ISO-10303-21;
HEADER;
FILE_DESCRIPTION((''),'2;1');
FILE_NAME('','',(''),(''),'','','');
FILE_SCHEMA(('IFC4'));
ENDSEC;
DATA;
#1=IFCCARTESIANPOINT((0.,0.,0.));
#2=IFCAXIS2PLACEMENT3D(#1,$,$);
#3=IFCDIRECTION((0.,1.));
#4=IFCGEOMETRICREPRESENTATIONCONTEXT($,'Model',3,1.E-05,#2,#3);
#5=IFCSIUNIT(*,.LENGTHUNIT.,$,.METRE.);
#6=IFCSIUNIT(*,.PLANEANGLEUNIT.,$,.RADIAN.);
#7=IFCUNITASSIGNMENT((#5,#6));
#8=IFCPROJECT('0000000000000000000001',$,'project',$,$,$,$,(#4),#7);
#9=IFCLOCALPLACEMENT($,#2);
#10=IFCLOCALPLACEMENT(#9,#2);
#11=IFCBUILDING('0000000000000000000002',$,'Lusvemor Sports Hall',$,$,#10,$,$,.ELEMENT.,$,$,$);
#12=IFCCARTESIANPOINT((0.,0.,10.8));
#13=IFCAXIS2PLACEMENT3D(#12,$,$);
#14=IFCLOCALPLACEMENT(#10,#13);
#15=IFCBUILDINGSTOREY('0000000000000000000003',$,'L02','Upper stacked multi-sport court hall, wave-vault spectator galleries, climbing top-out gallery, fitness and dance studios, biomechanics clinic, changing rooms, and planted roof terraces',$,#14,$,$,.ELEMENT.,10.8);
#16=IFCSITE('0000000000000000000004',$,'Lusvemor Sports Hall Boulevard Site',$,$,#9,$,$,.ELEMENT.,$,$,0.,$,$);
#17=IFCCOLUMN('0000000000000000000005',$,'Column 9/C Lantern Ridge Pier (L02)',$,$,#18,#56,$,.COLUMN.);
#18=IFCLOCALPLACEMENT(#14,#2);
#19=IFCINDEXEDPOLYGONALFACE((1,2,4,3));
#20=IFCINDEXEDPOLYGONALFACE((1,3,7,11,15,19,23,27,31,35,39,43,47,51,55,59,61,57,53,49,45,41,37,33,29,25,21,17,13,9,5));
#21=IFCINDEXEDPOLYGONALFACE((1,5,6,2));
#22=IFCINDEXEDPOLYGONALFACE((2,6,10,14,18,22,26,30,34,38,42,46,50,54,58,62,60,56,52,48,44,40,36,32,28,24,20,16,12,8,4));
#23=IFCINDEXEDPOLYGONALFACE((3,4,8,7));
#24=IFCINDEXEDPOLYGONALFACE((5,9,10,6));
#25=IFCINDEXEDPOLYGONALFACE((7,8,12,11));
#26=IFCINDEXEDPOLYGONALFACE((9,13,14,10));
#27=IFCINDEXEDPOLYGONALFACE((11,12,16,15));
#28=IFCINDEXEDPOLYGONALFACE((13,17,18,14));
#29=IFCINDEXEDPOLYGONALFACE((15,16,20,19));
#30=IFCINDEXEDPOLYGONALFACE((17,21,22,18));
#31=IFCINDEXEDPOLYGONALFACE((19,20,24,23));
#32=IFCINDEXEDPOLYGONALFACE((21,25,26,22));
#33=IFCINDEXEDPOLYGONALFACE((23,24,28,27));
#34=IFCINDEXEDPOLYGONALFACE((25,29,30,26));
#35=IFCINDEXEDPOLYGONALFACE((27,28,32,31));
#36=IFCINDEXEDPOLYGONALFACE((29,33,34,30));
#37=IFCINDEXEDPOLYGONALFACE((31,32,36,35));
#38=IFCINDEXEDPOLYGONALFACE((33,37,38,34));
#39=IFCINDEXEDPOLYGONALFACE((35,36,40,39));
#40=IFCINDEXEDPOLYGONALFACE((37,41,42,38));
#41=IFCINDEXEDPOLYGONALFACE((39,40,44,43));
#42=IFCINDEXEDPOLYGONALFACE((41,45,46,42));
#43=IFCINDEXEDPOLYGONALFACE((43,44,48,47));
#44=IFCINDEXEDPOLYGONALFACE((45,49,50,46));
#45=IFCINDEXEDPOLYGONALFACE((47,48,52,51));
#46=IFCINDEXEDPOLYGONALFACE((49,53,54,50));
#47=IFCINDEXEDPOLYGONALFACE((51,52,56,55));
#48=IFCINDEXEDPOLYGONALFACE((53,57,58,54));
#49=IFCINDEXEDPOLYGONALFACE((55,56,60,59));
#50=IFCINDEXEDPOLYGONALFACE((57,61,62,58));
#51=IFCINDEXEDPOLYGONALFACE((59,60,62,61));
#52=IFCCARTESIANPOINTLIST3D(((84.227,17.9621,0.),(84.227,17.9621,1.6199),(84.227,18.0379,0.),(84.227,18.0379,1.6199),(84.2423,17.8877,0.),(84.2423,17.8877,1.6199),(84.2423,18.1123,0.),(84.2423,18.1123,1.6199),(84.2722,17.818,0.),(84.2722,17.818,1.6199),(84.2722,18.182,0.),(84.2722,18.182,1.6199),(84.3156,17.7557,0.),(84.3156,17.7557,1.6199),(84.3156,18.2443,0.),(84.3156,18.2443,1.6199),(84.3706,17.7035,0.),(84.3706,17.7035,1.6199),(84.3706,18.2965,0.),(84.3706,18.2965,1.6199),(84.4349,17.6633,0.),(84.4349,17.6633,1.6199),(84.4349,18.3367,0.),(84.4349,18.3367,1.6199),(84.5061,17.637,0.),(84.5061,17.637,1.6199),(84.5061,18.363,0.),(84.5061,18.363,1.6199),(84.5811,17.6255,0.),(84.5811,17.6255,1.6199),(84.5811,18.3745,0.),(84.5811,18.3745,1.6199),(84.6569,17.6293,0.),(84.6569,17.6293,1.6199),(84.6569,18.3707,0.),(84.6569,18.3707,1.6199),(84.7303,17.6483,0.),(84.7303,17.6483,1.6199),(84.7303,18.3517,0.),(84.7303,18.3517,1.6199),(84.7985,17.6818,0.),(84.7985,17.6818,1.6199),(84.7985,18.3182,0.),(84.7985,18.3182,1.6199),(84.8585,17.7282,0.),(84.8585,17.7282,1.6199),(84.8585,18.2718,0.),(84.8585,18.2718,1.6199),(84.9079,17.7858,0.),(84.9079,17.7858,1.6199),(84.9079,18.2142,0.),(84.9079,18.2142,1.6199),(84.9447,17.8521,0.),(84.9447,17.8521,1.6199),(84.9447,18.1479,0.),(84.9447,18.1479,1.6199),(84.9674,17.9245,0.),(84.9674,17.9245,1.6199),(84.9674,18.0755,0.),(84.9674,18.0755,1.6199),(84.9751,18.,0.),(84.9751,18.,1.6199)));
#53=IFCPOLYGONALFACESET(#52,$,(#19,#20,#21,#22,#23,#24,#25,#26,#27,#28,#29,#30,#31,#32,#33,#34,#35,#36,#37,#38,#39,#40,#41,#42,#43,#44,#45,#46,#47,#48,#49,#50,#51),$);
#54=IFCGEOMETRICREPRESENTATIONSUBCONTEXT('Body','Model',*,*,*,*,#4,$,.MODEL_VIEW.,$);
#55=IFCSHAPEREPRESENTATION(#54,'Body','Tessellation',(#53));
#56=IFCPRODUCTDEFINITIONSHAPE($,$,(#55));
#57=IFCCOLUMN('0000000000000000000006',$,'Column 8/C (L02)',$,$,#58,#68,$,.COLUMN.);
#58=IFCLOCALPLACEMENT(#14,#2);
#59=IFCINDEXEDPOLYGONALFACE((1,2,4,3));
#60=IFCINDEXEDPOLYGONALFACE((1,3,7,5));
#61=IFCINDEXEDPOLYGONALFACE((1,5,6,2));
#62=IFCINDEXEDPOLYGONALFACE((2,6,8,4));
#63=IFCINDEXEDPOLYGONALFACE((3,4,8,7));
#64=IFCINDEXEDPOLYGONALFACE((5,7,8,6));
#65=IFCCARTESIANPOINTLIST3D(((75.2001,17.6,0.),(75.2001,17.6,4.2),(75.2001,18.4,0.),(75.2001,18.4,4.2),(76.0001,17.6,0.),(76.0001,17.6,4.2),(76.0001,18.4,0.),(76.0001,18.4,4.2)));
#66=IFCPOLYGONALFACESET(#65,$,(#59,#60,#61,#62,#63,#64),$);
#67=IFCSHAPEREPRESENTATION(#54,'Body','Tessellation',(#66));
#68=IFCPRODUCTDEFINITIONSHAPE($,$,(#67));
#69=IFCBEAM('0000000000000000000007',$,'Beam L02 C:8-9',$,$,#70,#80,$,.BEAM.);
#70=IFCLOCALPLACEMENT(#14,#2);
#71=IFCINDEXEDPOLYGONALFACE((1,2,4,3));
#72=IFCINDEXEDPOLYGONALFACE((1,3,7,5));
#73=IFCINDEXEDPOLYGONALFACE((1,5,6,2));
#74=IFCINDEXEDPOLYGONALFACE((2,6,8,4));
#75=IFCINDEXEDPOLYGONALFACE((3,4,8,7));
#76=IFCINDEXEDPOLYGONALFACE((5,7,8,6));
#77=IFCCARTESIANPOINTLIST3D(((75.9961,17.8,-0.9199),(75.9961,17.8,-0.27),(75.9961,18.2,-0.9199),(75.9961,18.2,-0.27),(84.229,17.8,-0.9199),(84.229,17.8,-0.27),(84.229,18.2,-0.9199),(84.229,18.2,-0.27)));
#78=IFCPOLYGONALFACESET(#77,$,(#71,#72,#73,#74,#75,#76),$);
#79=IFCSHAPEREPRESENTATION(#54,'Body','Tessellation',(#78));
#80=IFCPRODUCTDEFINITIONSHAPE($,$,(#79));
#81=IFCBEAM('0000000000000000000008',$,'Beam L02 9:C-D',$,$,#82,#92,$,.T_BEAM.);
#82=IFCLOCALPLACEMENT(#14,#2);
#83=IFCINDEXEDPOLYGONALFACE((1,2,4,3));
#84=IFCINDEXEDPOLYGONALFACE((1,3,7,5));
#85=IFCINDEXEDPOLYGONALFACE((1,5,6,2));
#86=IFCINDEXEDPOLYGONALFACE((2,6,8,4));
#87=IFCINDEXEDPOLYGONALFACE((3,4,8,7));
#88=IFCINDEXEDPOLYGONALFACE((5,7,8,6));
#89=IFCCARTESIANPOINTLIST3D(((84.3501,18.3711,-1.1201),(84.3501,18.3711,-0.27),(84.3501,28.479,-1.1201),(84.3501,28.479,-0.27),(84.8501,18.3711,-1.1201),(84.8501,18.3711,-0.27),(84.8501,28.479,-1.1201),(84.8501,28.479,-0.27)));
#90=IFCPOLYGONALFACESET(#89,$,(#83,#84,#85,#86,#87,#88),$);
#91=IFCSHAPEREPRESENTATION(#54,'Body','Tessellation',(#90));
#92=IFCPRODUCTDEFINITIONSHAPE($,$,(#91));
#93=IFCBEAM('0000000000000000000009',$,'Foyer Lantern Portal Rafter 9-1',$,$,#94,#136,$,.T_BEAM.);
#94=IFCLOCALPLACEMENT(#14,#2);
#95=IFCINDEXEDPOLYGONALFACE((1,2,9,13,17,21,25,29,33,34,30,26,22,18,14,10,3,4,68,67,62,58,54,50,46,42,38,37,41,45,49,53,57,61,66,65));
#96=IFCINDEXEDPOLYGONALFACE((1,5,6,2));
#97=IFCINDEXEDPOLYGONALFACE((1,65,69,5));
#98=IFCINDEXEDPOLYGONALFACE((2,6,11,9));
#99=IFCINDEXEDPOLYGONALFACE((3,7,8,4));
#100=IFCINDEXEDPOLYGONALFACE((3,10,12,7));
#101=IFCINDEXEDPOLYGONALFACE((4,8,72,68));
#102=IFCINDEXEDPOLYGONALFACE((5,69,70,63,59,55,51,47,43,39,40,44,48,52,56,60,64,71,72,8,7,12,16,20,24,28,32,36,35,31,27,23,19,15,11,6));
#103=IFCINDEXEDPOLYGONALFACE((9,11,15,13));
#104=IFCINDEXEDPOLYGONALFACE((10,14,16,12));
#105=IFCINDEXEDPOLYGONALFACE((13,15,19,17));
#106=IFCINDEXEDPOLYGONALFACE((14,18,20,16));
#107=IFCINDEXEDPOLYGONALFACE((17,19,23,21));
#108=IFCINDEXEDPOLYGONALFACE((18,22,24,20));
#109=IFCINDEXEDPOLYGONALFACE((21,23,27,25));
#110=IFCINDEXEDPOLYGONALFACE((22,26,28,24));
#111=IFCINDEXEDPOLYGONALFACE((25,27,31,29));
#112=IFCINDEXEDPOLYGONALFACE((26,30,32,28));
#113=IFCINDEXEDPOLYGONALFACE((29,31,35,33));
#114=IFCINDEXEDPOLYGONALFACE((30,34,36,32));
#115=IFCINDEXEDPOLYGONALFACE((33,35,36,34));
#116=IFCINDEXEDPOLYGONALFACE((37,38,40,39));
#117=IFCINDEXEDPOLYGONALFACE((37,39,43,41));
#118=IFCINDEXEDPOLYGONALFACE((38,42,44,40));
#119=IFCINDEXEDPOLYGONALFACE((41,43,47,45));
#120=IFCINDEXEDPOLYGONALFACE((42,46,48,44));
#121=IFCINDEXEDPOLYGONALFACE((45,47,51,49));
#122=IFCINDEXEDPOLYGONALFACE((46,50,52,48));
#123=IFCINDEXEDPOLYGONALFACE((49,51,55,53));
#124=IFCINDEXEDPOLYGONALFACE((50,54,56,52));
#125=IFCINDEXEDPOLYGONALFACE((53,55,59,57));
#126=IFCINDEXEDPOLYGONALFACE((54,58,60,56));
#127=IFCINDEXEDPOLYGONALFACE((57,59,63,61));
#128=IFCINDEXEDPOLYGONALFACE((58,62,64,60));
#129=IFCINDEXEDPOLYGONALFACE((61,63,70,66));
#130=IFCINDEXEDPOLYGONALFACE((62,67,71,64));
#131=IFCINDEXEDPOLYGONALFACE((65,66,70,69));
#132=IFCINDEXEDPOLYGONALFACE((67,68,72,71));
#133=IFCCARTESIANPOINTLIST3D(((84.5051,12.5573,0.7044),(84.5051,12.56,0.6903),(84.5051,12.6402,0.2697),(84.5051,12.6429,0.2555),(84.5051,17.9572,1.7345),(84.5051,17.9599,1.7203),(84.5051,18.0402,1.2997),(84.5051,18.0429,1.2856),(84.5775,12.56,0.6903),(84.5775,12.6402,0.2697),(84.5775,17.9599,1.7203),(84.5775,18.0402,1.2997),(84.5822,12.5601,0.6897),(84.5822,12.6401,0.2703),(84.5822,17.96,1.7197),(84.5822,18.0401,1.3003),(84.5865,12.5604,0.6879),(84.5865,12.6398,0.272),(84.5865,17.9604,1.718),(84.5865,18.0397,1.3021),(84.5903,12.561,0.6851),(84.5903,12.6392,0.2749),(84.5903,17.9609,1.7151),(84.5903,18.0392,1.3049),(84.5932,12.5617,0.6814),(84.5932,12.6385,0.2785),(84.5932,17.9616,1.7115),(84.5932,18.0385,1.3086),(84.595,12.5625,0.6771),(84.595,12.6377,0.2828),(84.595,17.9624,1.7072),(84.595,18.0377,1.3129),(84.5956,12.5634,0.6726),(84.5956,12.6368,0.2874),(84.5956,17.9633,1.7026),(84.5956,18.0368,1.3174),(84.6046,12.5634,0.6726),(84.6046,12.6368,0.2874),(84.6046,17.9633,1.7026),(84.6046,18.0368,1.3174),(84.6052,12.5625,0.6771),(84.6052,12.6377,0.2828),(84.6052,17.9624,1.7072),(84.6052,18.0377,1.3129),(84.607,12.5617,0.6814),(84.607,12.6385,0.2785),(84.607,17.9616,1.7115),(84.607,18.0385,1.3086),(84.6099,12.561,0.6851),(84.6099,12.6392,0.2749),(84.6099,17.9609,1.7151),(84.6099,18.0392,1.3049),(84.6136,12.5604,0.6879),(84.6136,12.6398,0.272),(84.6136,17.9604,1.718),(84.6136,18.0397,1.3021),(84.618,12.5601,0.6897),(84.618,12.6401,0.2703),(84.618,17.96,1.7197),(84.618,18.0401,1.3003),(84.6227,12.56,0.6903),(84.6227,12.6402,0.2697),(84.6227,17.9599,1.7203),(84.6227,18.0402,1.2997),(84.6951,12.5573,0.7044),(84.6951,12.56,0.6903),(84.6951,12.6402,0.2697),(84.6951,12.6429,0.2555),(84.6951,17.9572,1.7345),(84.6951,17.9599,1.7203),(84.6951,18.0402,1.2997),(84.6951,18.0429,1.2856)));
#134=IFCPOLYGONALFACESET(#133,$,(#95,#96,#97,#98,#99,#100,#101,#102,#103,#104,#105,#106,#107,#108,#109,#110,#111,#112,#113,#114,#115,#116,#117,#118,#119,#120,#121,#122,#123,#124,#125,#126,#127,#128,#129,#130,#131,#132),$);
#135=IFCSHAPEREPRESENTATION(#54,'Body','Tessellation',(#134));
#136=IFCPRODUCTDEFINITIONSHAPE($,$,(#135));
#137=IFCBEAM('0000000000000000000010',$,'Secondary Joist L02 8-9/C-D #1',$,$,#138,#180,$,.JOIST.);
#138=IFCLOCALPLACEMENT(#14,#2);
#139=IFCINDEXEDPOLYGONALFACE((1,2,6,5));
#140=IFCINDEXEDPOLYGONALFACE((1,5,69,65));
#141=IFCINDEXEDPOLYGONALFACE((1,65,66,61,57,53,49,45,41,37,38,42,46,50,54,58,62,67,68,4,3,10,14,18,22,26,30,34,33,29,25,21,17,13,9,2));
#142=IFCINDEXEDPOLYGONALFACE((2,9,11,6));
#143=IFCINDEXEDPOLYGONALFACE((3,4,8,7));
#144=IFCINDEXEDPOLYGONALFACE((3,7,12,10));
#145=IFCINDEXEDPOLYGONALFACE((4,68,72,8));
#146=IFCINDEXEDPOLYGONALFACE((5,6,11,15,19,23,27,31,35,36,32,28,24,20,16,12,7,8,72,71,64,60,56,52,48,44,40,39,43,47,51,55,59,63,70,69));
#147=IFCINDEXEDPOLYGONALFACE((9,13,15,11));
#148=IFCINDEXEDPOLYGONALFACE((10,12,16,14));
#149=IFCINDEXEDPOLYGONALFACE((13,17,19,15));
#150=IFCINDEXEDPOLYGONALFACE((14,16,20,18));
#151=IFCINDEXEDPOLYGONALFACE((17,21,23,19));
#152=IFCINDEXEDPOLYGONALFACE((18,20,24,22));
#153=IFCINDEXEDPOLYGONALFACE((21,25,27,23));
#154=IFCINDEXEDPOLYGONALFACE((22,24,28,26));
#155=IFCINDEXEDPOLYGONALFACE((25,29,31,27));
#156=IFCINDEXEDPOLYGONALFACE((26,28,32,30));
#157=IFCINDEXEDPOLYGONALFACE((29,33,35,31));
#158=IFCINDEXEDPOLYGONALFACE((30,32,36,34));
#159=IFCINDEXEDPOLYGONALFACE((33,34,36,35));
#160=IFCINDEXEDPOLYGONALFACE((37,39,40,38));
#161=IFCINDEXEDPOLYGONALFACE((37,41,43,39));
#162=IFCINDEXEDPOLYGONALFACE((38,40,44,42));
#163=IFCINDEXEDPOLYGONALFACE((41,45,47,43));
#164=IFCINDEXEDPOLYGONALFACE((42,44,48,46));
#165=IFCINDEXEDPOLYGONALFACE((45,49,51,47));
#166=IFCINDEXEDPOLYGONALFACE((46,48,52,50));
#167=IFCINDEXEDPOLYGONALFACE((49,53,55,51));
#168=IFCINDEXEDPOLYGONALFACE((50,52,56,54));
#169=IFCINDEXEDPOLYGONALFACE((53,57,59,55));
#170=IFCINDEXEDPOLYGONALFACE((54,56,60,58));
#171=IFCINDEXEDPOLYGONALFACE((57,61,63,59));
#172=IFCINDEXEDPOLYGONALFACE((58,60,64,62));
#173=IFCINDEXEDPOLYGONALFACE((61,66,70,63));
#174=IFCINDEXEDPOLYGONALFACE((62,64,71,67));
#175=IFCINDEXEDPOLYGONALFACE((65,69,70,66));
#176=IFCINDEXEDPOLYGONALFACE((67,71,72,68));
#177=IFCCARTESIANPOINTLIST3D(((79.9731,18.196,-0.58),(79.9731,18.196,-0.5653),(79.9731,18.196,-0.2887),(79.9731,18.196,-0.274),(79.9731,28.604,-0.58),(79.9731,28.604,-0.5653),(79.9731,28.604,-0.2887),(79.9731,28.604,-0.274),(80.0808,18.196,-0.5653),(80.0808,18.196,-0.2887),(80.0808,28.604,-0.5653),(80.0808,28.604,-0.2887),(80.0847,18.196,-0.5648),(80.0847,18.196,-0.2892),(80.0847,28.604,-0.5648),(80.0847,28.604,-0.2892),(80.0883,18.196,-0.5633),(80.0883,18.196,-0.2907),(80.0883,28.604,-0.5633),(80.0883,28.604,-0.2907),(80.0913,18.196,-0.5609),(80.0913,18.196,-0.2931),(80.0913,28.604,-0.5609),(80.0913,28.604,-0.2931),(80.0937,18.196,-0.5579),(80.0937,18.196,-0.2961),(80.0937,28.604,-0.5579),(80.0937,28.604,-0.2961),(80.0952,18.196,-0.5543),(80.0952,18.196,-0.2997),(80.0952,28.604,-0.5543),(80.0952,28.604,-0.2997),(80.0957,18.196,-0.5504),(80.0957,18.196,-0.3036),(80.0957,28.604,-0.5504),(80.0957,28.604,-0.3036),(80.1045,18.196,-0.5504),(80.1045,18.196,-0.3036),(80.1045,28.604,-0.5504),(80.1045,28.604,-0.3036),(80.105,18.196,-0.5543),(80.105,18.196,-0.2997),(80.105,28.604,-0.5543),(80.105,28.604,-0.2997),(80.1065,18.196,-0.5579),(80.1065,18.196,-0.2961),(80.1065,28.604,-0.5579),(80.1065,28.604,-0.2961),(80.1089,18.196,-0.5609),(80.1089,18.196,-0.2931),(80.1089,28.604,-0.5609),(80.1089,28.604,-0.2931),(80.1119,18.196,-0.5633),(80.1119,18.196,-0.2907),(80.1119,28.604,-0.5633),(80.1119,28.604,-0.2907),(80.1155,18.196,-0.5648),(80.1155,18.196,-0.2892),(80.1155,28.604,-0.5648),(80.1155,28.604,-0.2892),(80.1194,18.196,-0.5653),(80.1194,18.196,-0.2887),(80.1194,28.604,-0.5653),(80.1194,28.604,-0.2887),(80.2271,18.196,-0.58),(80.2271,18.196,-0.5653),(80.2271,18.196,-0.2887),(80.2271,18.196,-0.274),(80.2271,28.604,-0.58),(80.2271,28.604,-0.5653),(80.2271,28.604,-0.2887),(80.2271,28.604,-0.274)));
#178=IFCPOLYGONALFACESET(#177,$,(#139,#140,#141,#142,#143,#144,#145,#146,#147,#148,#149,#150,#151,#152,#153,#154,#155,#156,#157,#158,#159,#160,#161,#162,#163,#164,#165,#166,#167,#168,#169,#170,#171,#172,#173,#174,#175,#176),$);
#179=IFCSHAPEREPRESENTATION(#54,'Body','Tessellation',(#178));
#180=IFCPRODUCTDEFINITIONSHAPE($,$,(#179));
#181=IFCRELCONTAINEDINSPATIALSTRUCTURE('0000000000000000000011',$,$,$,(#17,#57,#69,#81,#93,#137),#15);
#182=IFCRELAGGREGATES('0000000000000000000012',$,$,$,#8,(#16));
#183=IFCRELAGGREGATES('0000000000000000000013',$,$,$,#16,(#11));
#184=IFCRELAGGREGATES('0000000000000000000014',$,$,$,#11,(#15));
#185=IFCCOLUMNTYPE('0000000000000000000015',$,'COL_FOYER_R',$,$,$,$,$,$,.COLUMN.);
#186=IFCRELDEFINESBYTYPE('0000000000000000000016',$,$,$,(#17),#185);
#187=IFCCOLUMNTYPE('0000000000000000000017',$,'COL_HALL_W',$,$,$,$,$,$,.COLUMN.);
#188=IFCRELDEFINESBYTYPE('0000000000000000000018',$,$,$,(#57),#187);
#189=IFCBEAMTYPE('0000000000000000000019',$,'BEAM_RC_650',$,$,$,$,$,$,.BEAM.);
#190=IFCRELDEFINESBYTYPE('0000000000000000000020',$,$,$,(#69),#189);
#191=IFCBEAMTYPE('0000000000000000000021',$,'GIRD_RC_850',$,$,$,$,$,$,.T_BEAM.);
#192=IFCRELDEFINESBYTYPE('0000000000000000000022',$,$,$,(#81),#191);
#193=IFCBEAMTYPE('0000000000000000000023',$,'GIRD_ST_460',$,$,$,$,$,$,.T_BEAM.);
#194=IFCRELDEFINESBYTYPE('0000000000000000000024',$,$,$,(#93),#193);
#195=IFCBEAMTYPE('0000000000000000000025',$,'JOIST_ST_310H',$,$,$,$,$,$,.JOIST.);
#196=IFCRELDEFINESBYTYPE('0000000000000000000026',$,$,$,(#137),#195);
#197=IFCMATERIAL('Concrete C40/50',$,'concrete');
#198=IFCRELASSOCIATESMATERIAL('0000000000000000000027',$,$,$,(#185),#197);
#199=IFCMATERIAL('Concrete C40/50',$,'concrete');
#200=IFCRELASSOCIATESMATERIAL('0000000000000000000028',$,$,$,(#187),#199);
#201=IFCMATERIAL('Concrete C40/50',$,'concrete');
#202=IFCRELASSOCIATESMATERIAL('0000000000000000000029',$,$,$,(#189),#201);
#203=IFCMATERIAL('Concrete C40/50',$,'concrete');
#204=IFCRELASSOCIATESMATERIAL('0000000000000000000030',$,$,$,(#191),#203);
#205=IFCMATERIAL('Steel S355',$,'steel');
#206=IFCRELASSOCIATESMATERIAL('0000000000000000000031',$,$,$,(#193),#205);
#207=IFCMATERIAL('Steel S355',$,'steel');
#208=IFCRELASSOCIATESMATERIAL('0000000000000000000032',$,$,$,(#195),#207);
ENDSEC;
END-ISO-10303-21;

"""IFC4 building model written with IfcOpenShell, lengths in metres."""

from ifc_helpers import new_model, si_unit, direction, frame, origin, origin_2d, place, context, subcontext, project, spatial, rectangle, circle, i_section, extrude, material, material_profile, profile_set, type_object, element, save


model = new_model("IFC4")

# Units and contexts
model_context = context("Model", 3, precision=1e-05, world=origin(), true_north=direction((0.0, 1.0)))
body_context = subcontext(model_context, "Body", "Model", "MODEL_VIEW")
ifc_project = project(units=[si_unit("LENGTHUNIT", "METRE"), si_unit("PLANEANGLEUNIT", "RADIAN")], contexts=[model_context])

# Site, building, storey
site_placement = place(None, origin())
site = spatial("IfcSite", under=ifc_project, at=site_placement, Name="Lusvemor Sports Hall Boulevard Site", CompositionType="ELEMENT", RefElevation=0.0)
building_placement = place(site_placement, origin())
building = spatial("IfcBuilding", under=site, at=building_placement, Name="Lusvemor Sports Hall", CompositionType="ELEMENT")
storey_placement = place(building_placement, frame((0.0, 0.0, 10.8)))
storey = spatial("IfcBuildingStorey", under=building, at=storey_placement, Name="L02", Description="Upper stacked multi-sport court hall, wave-vault spectator galleries, climbing top-out gallery, fitness and dance studios, biomechanics clinic, changing rooms, and planted roof terraces", CompositionType="ELEMENT", Elevation=10.8)

# Columns
ifc_material_1 = material(Name="Concrete C40/50", Category="concrete")
ifc_material_profile_1 = material_profile(ifc_material_1, circle(Radius=0.375, at=origin_2d()), Name="RCCIRC750")
ifc_profile_set_1 = profile_set([ifc_material_profile_1], Name="Concrete C40/50")
column_type_1 = type_object("IfcColumnType", Name="COL_FOYER_R", PredefinedType="COLUMN", material=ifc_profile_set_1)
column_1_placement = place(storey_placement, frame((84.6001, 18.0, 0.0), z_axis=(0.0, 0.0, 1.0), x_axis=(1.0, 0.0, 0.0)))
element("IfcColumn", 1, at=column_1_placement, inside=storey, type_object=column_type_1, Name="Column 9/C Lantern Ridge Pier (L02)", PredefinedType="COLUMN", context=body_context, shape_type="SweptSolid", body=[
    extrude(circle(Radius=0.375, at=origin_2d()), origin(), (0.0, 0.0, 1.0), 1.6199),
])
ifc_material_2 = material(Name="Concrete C40/50", Category="concrete")
ifc_material_profile_2 = material_profile(ifc_material_2, rectangle(XDim=0.8, YDim=0.8, at=origin_2d()), Name="RC800x800")
ifc_profile_set_2 = profile_set([ifc_material_profile_2], Name="Concrete C40/50")
column_type_2 = type_object("IfcColumnType", Name="COL_HALL_W", PredefinedType="COLUMN", material=ifc_profile_set_2)
column_2_placement = place(storey_placement, frame((75.6001, 18.0, 0.0), z_axis=(0.0, 0.0, 1.0), x_axis=(1.0, 0.0, 0.0)))
element("IfcColumn", 2, at=column_2_placement, inside=storey, type_object=column_type_2, Name="Column 8/C (L02)", PredefinedType="COLUMN", context=body_context, shape_type="SweptSolid", body=[
    extrude(rectangle(XDim=0.8, YDim=0.8, at=origin_2d()), origin(), (0.0, 0.0, 1.0), 4.2),
])

# Beams
ifc_material_3 = material(Name="Concrete C40/50", Category="concrete")
ifc_material_profile_3 = material_profile(ifc_material_3, rectangle(XDim=0.3999, YDim=0.6499, at=origin_2d()), Name="RC400x650")
ifc_profile_set_3 = profile_set([ifc_material_profile_3], Name="Concrete C40/50")
beam_type_1 = type_object("IfcBeamType", Name="BEAM_RC_650", PredefinedType="BEAM", material=ifc_profile_set_3)
beam_1_placement = place(storey_placement, frame((75.9961, 18.0, -0.595), z_axis=(1.0, 0.0, 0.0), x_axis=(0.0, 1.0, 0.0)))
element("IfcBeam", 3, at=beam_1_placement, inside=storey, type_object=beam_type_1, Name="Beam L02 C:8-9", PredefinedType="BEAM", context=body_context, shape_type="SweptSolid", body=[
    extrude(rectangle(XDim=0.3999, YDim=0.6499, at=origin_2d()), origin(), (0.0, 0.0, 1.0), 8.2329),
])
ifc_material_4 = material(Name="Concrete C40/50", Category="concrete")
ifc_material_profile_4 = material_profile(ifc_material_4, rectangle(XDim=0.5, YDim=0.8501, at=origin_2d()), Name="RC500x850")
ifc_profile_set_4 = profile_set([ifc_material_profile_4], Name="Concrete C40/50")
beam_type_2 = type_object("IfcBeamType", Name="GIRD_RC_850", PredefinedType="T_BEAM", material=ifc_profile_set_4)
beam_2_placement = place(storey_placement, frame((84.6001, 18.3711, -0.6951), z_axis=(0.0, 1.0, 0.0), x_axis=(-1.0, 0.0, 0.0)))
element("IfcBeam", 4, at=beam_2_placement, inside=storey, type_object=beam_type_2, Name="Beam L02 9:C-D", PredefinedType="T_BEAM", context=body_context, shape_type="SweptSolid", body=[
    extrude(rectangle(XDim=0.5, YDim=0.8501, at=origin_2d()), origin(), (0.0, 0.0, 1.0), 10.1079),
])
ifc_material_5 = material(Name="Steel S355", Category="steel")
ifc_material_profile_5 = material_profile(ifc_material_5, i_section(OverallWidth=0.1899, OverallDepth=0.457, WebThickness=0.009, FlangeThickness=0.0144, FilletRadius=0.0181, at=origin_2d()), Name="W460x74.0")
ifc_profile_set_5 = profile_set([ifc_material_profile_5], Name="Steel S355")
beam_type_3 = type_object("IfcBeamType", Name="GIRD_ST_460", PredefinedType="T_BEAM", material=ifc_profile_set_5)
beam_3_placement = place(storey_placement, frame((84.6001, 12.6001, 0.48), z_axis=(0.0, 0.982289, 0.187371), x_axis=(-1.0, 0.0, 0.0)))
element("IfcBeam", 5, at=beam_3_placement, inside=storey, type_object=beam_type_3, Name="Foyer Lantern Portal Rafter 9-1", PredefinedType="T_BEAM", context=body_context, shape_type="SweptSolid", body=[
    extrude(i_section(OverallWidth=0.1899, OverallDepth=0.457, WebThickness=0.009, FlangeThickness=0.0144, FilletRadius=0.0181, at=origin_2d()), origin(), (0.0, 0.0, 1.0), 5.4973),
])
ifc_material_6 = material(Name="Steel S355", Category="steel")
ifc_material_profile_6 = material_profile(ifc_material_6, i_section(OverallWidth=0.2539, OverallDepth=0.3059, WebThickness=0.0088, FlangeThickness=0.0146, FilletRadius=0.0149, at=origin_2d()), Name="W310x79.0")
ifc_profile_set_6 = profile_set([ifc_material_profile_6], Name="Steel S355")
beam_type_4 = type_object("IfcBeamType", Name="JOIST_ST_310H", PredefinedType="JOIST", material=ifc_profile_set_6)
beam_4_placement = place(storey_placement, frame((80.1001, 18.196, -0.427), z_axis=(0.0, 1.0, 0.0), x_axis=(-1.0, 0.0, 0.0)))
element("IfcBeam", 6, at=beam_4_placement, inside=storey, type_object=beam_type_4, Name="Secondary Joist L02 8-9/C-D #1", PredefinedType="JOIST", context=body_context, shape_type="SweptSolid", body=[
    extrude(i_section(OverallWidth=0.2539, OverallDepth=0.3059, WebThickness=0.0088, FlangeThickness=0.0146, FilletRadius=0.0149, at=origin_2d()), origin(), (0.0, 0.0, 1.0), 10.408),
])

save(model, "model.ifc")
